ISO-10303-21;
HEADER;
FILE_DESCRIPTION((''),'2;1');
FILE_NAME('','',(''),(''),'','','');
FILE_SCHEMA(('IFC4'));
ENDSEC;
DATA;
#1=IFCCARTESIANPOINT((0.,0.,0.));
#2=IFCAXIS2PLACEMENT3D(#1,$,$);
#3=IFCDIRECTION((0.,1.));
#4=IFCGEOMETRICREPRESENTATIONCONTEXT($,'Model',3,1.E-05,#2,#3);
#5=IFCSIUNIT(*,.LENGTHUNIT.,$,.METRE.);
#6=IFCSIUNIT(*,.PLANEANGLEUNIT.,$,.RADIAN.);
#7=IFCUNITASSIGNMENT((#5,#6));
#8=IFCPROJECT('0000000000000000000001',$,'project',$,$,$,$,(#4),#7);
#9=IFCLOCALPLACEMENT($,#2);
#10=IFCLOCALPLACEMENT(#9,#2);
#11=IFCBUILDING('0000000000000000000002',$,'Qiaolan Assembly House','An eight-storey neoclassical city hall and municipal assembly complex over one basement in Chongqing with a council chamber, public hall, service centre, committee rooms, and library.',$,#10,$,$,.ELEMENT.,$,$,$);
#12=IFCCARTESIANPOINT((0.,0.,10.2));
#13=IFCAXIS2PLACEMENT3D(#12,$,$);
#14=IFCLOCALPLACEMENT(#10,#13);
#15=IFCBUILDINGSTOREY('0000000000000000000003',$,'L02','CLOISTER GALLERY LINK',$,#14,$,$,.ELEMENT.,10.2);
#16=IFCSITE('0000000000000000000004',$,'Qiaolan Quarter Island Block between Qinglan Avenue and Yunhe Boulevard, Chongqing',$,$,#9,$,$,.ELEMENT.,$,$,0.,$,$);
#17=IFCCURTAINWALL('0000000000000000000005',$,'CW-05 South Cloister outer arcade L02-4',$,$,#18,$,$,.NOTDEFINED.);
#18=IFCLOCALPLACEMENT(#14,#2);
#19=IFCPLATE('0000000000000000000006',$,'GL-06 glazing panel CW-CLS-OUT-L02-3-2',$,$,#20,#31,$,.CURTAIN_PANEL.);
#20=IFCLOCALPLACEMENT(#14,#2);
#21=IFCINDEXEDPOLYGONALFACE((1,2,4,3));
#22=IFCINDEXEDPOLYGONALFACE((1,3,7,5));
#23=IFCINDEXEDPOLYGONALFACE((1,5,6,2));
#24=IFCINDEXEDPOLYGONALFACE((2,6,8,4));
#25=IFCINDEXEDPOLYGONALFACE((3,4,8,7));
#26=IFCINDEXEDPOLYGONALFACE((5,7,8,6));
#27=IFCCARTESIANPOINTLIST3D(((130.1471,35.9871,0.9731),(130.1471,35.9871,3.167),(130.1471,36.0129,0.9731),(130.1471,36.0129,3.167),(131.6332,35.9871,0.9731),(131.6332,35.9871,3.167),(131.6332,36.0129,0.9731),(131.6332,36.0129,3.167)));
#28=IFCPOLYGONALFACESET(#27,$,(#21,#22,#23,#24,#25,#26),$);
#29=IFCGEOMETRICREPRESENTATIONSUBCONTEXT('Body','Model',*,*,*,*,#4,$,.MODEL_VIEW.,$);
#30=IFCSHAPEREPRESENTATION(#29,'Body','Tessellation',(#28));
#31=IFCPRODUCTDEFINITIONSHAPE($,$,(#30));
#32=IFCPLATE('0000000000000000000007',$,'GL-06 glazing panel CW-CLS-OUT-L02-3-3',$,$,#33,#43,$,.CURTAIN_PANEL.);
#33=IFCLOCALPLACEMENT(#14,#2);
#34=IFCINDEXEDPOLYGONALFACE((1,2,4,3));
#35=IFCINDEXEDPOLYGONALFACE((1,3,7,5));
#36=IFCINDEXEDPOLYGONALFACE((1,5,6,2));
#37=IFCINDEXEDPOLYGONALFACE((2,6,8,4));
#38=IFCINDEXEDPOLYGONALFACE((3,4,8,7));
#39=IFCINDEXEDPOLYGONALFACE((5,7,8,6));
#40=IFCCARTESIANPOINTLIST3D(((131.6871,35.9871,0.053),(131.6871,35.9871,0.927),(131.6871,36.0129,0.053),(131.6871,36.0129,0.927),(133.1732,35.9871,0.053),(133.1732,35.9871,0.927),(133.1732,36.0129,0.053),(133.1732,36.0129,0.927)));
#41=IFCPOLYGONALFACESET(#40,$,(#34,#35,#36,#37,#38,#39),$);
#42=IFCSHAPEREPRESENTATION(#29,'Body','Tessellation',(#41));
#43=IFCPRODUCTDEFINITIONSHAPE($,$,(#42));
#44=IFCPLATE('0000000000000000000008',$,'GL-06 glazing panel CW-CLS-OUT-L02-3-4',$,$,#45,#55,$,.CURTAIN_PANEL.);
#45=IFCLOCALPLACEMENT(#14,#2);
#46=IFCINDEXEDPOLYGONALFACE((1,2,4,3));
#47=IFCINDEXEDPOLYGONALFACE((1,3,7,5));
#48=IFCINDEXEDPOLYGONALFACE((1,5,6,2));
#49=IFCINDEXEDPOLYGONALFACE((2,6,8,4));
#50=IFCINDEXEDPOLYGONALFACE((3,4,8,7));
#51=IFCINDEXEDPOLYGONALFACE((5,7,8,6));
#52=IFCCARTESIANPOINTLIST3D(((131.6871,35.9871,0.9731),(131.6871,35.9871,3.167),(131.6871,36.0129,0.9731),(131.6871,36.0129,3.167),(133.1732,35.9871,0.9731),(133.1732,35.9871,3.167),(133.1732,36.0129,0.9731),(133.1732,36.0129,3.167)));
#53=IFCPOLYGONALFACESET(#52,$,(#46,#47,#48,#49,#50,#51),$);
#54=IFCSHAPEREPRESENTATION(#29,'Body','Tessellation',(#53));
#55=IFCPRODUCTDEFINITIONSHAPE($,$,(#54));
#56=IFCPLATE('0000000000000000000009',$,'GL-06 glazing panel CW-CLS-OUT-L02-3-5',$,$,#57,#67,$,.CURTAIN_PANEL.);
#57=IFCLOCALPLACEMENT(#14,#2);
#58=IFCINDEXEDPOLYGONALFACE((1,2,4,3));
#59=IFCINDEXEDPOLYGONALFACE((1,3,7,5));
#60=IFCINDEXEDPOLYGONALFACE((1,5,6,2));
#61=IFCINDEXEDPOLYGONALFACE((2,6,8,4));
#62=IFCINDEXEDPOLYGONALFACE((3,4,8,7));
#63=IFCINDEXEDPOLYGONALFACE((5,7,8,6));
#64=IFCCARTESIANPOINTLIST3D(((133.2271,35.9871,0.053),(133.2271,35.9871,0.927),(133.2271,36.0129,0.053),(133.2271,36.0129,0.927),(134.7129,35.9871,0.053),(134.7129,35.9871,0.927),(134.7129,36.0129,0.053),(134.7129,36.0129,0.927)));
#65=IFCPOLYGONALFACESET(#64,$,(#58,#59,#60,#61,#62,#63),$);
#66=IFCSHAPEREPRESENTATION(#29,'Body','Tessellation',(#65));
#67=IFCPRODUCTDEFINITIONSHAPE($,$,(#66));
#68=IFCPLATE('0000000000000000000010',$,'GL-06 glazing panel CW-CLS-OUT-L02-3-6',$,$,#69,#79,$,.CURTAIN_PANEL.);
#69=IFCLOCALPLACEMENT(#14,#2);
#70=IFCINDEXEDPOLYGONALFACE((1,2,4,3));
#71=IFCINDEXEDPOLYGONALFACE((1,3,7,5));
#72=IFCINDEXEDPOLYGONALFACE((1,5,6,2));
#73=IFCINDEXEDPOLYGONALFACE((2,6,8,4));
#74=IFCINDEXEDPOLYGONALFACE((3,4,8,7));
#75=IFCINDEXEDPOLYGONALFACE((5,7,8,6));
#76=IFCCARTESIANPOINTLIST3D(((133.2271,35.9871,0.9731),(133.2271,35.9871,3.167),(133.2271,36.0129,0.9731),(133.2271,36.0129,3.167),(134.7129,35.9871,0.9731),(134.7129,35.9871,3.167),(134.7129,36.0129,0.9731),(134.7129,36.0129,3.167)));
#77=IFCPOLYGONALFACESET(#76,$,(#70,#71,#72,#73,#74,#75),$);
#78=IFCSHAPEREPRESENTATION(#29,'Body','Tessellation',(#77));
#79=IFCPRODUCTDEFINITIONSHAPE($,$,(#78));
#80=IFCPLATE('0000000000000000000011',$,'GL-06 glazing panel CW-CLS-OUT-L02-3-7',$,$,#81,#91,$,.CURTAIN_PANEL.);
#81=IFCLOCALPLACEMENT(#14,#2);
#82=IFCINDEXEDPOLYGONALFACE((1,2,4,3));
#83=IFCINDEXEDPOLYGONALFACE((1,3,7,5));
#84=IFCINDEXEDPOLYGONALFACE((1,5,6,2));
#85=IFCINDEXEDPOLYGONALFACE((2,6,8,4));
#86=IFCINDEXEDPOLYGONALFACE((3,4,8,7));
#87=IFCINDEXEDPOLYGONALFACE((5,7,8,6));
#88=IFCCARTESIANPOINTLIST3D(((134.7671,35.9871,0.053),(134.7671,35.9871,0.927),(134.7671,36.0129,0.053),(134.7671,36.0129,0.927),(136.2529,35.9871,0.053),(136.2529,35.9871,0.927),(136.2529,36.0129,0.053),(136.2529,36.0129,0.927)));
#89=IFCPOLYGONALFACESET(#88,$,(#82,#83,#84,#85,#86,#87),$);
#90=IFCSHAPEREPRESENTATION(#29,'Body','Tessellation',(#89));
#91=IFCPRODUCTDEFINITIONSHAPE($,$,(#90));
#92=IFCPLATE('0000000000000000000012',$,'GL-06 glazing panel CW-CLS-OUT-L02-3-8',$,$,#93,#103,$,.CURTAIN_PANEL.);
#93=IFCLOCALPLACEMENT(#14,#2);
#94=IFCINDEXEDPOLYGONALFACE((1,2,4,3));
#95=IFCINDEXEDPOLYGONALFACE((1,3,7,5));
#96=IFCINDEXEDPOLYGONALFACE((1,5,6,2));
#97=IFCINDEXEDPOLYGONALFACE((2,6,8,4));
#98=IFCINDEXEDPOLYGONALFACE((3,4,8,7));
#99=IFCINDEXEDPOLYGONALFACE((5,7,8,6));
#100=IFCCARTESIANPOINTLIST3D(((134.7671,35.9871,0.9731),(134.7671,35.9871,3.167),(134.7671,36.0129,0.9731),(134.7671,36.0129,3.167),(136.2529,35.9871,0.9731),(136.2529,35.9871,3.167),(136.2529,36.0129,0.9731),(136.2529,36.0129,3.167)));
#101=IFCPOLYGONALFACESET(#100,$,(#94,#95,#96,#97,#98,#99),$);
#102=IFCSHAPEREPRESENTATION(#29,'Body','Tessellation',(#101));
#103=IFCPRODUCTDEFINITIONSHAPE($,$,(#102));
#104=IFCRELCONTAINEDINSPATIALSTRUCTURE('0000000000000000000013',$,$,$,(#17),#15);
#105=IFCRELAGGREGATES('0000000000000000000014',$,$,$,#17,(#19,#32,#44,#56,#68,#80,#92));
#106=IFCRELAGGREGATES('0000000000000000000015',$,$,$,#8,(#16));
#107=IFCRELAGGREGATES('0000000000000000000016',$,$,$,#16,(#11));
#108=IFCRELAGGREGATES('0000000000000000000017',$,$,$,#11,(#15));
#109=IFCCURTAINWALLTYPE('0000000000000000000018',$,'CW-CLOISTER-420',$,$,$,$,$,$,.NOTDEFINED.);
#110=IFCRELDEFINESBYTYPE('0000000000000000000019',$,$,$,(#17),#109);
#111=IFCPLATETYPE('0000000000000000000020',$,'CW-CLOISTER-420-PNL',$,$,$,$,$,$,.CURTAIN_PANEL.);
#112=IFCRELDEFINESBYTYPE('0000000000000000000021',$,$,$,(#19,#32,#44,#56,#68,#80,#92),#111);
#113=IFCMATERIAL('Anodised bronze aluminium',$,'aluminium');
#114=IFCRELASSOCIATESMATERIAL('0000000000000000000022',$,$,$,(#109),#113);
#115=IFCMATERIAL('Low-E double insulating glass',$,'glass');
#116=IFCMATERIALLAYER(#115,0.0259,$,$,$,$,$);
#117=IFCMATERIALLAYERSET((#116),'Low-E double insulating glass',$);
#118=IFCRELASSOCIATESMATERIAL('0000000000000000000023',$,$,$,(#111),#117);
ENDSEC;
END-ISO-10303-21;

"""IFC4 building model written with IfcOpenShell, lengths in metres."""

from ifc_helpers import new_model, si_unit, direction, frame, frame_2d, origin, place, context, subcontext, project, spatial, rectangle, extrude, material, layer, layer_set, type_object, element, aggregate, save


model = new_model("IFC4")

# Units and contexts
model_context = context("Model", 3, precision=1e-05, world=origin(), true_north=direction((0.0, 1.0)))
body_context = subcontext(model_context, "Body", "Model", "MODEL_VIEW")
ifc_project = project(units=[si_unit("LENGTHUNIT", "METRE"), si_unit("PLANEANGLEUNIT", "RADIAN")], contexts=[model_context])

# Site, building, storey
site_placement = place(None, origin())
site = spatial("IfcSite", under=ifc_project, at=site_placement, Name="Qiaolan Quarter Island Block between Qinglan Avenue and Yunhe Boulevard, Chongqing", CompositionType="ELEMENT", RefElevation=0.0)
building_placement = place(site_placement, origin())
building = spatial("IfcBuilding", under=site, at=building_placement, Name="Qiaolan Assembly House", Description="An eight-storey neoclassical city hall and municipal assembly complex over one basement in Chongqing with a council chamber, public hall, service centre, committee rooms, and library.", CompositionType="ELEMENT")
storey_placement = place(building_placement, frame((0.0, 0.0, 10.2)))
storey = spatial("IfcBuildingStorey", under=building, at=storey_placement, Name="L02", Description="CLOISTER GALLERY LINK", CompositionType="ELEMENT", Elevation=10.2)

# Curtain wall, plates
ifc_material_1 = material(Name="Anodised bronze aluminium", Category="aluminium")
curtain_wall_type = type_object("IfcCurtainWallType", Name="CW-CLOISTER-420", PredefinedType="NOTDEFINED", material=ifc_material_1)
curtain_wall_placement = place(storey_placement, origin())
curtain_wall = element("IfcCurtainWall", 1, at=curtain_wall_placement, inside=storey, type_object=curtain_wall_type, Name="CW-05 South Cloister outer arcade L02-4", PredefinedType="NOTDEFINED")
ifc_material_2 = material(Name="Low-E double insulating glass", Category="glass")
ifc_layer = layer(ifc_material_2, 0.0259)
ifc_layer_set = layer_set([ifc_layer], Name="Low-E double insulating glass")
plate_type = type_object("IfcPlateType", Name="CW-CLOISTER-420-PNL", PredefinedType="CURTAIN_PANEL", material=ifc_layer_set)
plate_1_placement = place(storey_placement, frame((130.147, 36.0, 0.9731), z_axis=(0.0, 0.0, 1.0), x_axis=(1.0, 0.0, 0.0)))
plate_1 = element("IfcPlate", 2, at=plate_1_placement, type_object=plate_type, Name="GL-06 glazing panel CW-CLS-OUT-L02-3-2", PredefinedType="CURTAIN_PANEL", context=body_context, shape_type="SweptSolid", body=[
    extrude(rectangle(XDim=1.4861, YDim=0.0259, at=frame_2d((0.7432, 0.0))), origin(), (0.0, 0.0, 1.0), 2.1938),
])
plate_2_placement = place(storey_placement, frame((131.687, 36.0, 0.053), z_axis=(0.0, 0.0, 1.0), x_axis=(1.0, 0.0, 0.0)))
plate_2 = element("IfcPlate", 3, at=plate_2_placement, type_object=plate_type, Name="GL-06 glazing panel CW-CLS-OUT-L02-3-3", PredefinedType="CURTAIN_PANEL", context=body_context, shape_type="SweptSolid", body=[
    extrude(rectangle(XDim=1.4861, YDim=0.0259, at=frame_2d((0.7432, 0.0))), origin(), (0.0, 0.0, 1.0), 0.874),
])
plate_3_placement = place(storey_placement, frame((131.687, 36.0, 0.9731), z_axis=(0.0, 0.0, 1.0), x_axis=(1.0, 0.0, 0.0)))
plate_3 = element("IfcPlate", 4, at=plate_3_placement, type_object=plate_type, Name="GL-06 glazing panel CW-CLS-OUT-L02-3-4", PredefinedType="CURTAIN_PANEL", context=body_context, shape_type="SweptSolid", body=[
    extrude(rectangle(XDim=1.4861, YDim=0.0259, at=frame_2d((0.7432, 0.0))), origin(), (0.0, 0.0, 1.0), 2.1938),
])
plate_4_placement = place(storey_placement, frame((133.2271, 36.0, 0.053), z_axis=(0.0, 0.0, 1.0), x_axis=(1.0, 0.0, 0.0)))
plate_4 = element("IfcPlate", 5, at=plate_4_placement, type_object=plate_type, Name="GL-06 glazing panel CW-CLS-OUT-L02-3-5", PredefinedType="CURTAIN_PANEL", context=body_context, shape_type="SweptSolid", body=[
    extrude(rectangle(XDim=1.4858, YDim=0.0259, at=frame_2d((0.7429, 0.0))), origin(), (0.0, 0.0, 1.0), 0.874),
])
plate_5_placement = place(storey_placement, frame((133.2271, 36.0, 0.9731), z_axis=(0.0, 0.0, 1.0), x_axis=(1.0, 0.0, 0.0)))
plate_5 = element("IfcPlate", 6, at=plate_5_placement, type_object=plate_type, Name="GL-06 glazing panel CW-CLS-OUT-L02-3-6", PredefinedType="CURTAIN_PANEL", context=body_context, shape_type="SweptSolid", body=[
    extrude(rectangle(XDim=1.4858, YDim=0.0259, at=frame_2d((0.7429, 0.0))), origin(), (0.0, 0.0, 1.0), 2.1938),
])
plate_6_placement = place(storey_placement, frame((134.7671, 36.0, 0.053), z_axis=(0.0, 0.0, 1.0), x_axis=(1.0, 0.0, 0.0)))
plate_6 = element("IfcPlate", 7, at=plate_6_placement, type_object=plate_type, Name="GL-06 glazing panel CW-CLS-OUT-L02-3-7", PredefinedType="CURTAIN_PANEL", context=body_context, shape_type="SweptSolid", body=[
    extrude(rectangle(XDim=1.4858, YDim=0.0259, at=frame_2d((0.7429, 0.0))), origin(), (0.0, 0.0, 1.0), 0.874),
])
plate_7_placement = place(storey_placement, frame((134.7671, 36.0, 0.9731), z_axis=(0.0, 0.0, 1.0), x_axis=(1.0, 0.0, 0.0)))
plate_7 = element("IfcPlate", 8, at=plate_7_placement, type_object=plate_type, Name="GL-06 glazing panel CW-CLS-OUT-L02-3-8", PredefinedType="CURTAIN_PANEL", context=body_context, shape_type="SweptSolid", body=[
    extrude(rectangle(XDim=1.4858, YDim=0.0259, at=frame_2d((0.7429, 0.0))), origin(), (0.0, 0.0, 1.0), 2.1938),
])
aggregate(curtain_wall, [plate_1, plate_2, plate_3, plate_4, plate_5, plate_6, plate_7])

save(model, "model.ifc")
